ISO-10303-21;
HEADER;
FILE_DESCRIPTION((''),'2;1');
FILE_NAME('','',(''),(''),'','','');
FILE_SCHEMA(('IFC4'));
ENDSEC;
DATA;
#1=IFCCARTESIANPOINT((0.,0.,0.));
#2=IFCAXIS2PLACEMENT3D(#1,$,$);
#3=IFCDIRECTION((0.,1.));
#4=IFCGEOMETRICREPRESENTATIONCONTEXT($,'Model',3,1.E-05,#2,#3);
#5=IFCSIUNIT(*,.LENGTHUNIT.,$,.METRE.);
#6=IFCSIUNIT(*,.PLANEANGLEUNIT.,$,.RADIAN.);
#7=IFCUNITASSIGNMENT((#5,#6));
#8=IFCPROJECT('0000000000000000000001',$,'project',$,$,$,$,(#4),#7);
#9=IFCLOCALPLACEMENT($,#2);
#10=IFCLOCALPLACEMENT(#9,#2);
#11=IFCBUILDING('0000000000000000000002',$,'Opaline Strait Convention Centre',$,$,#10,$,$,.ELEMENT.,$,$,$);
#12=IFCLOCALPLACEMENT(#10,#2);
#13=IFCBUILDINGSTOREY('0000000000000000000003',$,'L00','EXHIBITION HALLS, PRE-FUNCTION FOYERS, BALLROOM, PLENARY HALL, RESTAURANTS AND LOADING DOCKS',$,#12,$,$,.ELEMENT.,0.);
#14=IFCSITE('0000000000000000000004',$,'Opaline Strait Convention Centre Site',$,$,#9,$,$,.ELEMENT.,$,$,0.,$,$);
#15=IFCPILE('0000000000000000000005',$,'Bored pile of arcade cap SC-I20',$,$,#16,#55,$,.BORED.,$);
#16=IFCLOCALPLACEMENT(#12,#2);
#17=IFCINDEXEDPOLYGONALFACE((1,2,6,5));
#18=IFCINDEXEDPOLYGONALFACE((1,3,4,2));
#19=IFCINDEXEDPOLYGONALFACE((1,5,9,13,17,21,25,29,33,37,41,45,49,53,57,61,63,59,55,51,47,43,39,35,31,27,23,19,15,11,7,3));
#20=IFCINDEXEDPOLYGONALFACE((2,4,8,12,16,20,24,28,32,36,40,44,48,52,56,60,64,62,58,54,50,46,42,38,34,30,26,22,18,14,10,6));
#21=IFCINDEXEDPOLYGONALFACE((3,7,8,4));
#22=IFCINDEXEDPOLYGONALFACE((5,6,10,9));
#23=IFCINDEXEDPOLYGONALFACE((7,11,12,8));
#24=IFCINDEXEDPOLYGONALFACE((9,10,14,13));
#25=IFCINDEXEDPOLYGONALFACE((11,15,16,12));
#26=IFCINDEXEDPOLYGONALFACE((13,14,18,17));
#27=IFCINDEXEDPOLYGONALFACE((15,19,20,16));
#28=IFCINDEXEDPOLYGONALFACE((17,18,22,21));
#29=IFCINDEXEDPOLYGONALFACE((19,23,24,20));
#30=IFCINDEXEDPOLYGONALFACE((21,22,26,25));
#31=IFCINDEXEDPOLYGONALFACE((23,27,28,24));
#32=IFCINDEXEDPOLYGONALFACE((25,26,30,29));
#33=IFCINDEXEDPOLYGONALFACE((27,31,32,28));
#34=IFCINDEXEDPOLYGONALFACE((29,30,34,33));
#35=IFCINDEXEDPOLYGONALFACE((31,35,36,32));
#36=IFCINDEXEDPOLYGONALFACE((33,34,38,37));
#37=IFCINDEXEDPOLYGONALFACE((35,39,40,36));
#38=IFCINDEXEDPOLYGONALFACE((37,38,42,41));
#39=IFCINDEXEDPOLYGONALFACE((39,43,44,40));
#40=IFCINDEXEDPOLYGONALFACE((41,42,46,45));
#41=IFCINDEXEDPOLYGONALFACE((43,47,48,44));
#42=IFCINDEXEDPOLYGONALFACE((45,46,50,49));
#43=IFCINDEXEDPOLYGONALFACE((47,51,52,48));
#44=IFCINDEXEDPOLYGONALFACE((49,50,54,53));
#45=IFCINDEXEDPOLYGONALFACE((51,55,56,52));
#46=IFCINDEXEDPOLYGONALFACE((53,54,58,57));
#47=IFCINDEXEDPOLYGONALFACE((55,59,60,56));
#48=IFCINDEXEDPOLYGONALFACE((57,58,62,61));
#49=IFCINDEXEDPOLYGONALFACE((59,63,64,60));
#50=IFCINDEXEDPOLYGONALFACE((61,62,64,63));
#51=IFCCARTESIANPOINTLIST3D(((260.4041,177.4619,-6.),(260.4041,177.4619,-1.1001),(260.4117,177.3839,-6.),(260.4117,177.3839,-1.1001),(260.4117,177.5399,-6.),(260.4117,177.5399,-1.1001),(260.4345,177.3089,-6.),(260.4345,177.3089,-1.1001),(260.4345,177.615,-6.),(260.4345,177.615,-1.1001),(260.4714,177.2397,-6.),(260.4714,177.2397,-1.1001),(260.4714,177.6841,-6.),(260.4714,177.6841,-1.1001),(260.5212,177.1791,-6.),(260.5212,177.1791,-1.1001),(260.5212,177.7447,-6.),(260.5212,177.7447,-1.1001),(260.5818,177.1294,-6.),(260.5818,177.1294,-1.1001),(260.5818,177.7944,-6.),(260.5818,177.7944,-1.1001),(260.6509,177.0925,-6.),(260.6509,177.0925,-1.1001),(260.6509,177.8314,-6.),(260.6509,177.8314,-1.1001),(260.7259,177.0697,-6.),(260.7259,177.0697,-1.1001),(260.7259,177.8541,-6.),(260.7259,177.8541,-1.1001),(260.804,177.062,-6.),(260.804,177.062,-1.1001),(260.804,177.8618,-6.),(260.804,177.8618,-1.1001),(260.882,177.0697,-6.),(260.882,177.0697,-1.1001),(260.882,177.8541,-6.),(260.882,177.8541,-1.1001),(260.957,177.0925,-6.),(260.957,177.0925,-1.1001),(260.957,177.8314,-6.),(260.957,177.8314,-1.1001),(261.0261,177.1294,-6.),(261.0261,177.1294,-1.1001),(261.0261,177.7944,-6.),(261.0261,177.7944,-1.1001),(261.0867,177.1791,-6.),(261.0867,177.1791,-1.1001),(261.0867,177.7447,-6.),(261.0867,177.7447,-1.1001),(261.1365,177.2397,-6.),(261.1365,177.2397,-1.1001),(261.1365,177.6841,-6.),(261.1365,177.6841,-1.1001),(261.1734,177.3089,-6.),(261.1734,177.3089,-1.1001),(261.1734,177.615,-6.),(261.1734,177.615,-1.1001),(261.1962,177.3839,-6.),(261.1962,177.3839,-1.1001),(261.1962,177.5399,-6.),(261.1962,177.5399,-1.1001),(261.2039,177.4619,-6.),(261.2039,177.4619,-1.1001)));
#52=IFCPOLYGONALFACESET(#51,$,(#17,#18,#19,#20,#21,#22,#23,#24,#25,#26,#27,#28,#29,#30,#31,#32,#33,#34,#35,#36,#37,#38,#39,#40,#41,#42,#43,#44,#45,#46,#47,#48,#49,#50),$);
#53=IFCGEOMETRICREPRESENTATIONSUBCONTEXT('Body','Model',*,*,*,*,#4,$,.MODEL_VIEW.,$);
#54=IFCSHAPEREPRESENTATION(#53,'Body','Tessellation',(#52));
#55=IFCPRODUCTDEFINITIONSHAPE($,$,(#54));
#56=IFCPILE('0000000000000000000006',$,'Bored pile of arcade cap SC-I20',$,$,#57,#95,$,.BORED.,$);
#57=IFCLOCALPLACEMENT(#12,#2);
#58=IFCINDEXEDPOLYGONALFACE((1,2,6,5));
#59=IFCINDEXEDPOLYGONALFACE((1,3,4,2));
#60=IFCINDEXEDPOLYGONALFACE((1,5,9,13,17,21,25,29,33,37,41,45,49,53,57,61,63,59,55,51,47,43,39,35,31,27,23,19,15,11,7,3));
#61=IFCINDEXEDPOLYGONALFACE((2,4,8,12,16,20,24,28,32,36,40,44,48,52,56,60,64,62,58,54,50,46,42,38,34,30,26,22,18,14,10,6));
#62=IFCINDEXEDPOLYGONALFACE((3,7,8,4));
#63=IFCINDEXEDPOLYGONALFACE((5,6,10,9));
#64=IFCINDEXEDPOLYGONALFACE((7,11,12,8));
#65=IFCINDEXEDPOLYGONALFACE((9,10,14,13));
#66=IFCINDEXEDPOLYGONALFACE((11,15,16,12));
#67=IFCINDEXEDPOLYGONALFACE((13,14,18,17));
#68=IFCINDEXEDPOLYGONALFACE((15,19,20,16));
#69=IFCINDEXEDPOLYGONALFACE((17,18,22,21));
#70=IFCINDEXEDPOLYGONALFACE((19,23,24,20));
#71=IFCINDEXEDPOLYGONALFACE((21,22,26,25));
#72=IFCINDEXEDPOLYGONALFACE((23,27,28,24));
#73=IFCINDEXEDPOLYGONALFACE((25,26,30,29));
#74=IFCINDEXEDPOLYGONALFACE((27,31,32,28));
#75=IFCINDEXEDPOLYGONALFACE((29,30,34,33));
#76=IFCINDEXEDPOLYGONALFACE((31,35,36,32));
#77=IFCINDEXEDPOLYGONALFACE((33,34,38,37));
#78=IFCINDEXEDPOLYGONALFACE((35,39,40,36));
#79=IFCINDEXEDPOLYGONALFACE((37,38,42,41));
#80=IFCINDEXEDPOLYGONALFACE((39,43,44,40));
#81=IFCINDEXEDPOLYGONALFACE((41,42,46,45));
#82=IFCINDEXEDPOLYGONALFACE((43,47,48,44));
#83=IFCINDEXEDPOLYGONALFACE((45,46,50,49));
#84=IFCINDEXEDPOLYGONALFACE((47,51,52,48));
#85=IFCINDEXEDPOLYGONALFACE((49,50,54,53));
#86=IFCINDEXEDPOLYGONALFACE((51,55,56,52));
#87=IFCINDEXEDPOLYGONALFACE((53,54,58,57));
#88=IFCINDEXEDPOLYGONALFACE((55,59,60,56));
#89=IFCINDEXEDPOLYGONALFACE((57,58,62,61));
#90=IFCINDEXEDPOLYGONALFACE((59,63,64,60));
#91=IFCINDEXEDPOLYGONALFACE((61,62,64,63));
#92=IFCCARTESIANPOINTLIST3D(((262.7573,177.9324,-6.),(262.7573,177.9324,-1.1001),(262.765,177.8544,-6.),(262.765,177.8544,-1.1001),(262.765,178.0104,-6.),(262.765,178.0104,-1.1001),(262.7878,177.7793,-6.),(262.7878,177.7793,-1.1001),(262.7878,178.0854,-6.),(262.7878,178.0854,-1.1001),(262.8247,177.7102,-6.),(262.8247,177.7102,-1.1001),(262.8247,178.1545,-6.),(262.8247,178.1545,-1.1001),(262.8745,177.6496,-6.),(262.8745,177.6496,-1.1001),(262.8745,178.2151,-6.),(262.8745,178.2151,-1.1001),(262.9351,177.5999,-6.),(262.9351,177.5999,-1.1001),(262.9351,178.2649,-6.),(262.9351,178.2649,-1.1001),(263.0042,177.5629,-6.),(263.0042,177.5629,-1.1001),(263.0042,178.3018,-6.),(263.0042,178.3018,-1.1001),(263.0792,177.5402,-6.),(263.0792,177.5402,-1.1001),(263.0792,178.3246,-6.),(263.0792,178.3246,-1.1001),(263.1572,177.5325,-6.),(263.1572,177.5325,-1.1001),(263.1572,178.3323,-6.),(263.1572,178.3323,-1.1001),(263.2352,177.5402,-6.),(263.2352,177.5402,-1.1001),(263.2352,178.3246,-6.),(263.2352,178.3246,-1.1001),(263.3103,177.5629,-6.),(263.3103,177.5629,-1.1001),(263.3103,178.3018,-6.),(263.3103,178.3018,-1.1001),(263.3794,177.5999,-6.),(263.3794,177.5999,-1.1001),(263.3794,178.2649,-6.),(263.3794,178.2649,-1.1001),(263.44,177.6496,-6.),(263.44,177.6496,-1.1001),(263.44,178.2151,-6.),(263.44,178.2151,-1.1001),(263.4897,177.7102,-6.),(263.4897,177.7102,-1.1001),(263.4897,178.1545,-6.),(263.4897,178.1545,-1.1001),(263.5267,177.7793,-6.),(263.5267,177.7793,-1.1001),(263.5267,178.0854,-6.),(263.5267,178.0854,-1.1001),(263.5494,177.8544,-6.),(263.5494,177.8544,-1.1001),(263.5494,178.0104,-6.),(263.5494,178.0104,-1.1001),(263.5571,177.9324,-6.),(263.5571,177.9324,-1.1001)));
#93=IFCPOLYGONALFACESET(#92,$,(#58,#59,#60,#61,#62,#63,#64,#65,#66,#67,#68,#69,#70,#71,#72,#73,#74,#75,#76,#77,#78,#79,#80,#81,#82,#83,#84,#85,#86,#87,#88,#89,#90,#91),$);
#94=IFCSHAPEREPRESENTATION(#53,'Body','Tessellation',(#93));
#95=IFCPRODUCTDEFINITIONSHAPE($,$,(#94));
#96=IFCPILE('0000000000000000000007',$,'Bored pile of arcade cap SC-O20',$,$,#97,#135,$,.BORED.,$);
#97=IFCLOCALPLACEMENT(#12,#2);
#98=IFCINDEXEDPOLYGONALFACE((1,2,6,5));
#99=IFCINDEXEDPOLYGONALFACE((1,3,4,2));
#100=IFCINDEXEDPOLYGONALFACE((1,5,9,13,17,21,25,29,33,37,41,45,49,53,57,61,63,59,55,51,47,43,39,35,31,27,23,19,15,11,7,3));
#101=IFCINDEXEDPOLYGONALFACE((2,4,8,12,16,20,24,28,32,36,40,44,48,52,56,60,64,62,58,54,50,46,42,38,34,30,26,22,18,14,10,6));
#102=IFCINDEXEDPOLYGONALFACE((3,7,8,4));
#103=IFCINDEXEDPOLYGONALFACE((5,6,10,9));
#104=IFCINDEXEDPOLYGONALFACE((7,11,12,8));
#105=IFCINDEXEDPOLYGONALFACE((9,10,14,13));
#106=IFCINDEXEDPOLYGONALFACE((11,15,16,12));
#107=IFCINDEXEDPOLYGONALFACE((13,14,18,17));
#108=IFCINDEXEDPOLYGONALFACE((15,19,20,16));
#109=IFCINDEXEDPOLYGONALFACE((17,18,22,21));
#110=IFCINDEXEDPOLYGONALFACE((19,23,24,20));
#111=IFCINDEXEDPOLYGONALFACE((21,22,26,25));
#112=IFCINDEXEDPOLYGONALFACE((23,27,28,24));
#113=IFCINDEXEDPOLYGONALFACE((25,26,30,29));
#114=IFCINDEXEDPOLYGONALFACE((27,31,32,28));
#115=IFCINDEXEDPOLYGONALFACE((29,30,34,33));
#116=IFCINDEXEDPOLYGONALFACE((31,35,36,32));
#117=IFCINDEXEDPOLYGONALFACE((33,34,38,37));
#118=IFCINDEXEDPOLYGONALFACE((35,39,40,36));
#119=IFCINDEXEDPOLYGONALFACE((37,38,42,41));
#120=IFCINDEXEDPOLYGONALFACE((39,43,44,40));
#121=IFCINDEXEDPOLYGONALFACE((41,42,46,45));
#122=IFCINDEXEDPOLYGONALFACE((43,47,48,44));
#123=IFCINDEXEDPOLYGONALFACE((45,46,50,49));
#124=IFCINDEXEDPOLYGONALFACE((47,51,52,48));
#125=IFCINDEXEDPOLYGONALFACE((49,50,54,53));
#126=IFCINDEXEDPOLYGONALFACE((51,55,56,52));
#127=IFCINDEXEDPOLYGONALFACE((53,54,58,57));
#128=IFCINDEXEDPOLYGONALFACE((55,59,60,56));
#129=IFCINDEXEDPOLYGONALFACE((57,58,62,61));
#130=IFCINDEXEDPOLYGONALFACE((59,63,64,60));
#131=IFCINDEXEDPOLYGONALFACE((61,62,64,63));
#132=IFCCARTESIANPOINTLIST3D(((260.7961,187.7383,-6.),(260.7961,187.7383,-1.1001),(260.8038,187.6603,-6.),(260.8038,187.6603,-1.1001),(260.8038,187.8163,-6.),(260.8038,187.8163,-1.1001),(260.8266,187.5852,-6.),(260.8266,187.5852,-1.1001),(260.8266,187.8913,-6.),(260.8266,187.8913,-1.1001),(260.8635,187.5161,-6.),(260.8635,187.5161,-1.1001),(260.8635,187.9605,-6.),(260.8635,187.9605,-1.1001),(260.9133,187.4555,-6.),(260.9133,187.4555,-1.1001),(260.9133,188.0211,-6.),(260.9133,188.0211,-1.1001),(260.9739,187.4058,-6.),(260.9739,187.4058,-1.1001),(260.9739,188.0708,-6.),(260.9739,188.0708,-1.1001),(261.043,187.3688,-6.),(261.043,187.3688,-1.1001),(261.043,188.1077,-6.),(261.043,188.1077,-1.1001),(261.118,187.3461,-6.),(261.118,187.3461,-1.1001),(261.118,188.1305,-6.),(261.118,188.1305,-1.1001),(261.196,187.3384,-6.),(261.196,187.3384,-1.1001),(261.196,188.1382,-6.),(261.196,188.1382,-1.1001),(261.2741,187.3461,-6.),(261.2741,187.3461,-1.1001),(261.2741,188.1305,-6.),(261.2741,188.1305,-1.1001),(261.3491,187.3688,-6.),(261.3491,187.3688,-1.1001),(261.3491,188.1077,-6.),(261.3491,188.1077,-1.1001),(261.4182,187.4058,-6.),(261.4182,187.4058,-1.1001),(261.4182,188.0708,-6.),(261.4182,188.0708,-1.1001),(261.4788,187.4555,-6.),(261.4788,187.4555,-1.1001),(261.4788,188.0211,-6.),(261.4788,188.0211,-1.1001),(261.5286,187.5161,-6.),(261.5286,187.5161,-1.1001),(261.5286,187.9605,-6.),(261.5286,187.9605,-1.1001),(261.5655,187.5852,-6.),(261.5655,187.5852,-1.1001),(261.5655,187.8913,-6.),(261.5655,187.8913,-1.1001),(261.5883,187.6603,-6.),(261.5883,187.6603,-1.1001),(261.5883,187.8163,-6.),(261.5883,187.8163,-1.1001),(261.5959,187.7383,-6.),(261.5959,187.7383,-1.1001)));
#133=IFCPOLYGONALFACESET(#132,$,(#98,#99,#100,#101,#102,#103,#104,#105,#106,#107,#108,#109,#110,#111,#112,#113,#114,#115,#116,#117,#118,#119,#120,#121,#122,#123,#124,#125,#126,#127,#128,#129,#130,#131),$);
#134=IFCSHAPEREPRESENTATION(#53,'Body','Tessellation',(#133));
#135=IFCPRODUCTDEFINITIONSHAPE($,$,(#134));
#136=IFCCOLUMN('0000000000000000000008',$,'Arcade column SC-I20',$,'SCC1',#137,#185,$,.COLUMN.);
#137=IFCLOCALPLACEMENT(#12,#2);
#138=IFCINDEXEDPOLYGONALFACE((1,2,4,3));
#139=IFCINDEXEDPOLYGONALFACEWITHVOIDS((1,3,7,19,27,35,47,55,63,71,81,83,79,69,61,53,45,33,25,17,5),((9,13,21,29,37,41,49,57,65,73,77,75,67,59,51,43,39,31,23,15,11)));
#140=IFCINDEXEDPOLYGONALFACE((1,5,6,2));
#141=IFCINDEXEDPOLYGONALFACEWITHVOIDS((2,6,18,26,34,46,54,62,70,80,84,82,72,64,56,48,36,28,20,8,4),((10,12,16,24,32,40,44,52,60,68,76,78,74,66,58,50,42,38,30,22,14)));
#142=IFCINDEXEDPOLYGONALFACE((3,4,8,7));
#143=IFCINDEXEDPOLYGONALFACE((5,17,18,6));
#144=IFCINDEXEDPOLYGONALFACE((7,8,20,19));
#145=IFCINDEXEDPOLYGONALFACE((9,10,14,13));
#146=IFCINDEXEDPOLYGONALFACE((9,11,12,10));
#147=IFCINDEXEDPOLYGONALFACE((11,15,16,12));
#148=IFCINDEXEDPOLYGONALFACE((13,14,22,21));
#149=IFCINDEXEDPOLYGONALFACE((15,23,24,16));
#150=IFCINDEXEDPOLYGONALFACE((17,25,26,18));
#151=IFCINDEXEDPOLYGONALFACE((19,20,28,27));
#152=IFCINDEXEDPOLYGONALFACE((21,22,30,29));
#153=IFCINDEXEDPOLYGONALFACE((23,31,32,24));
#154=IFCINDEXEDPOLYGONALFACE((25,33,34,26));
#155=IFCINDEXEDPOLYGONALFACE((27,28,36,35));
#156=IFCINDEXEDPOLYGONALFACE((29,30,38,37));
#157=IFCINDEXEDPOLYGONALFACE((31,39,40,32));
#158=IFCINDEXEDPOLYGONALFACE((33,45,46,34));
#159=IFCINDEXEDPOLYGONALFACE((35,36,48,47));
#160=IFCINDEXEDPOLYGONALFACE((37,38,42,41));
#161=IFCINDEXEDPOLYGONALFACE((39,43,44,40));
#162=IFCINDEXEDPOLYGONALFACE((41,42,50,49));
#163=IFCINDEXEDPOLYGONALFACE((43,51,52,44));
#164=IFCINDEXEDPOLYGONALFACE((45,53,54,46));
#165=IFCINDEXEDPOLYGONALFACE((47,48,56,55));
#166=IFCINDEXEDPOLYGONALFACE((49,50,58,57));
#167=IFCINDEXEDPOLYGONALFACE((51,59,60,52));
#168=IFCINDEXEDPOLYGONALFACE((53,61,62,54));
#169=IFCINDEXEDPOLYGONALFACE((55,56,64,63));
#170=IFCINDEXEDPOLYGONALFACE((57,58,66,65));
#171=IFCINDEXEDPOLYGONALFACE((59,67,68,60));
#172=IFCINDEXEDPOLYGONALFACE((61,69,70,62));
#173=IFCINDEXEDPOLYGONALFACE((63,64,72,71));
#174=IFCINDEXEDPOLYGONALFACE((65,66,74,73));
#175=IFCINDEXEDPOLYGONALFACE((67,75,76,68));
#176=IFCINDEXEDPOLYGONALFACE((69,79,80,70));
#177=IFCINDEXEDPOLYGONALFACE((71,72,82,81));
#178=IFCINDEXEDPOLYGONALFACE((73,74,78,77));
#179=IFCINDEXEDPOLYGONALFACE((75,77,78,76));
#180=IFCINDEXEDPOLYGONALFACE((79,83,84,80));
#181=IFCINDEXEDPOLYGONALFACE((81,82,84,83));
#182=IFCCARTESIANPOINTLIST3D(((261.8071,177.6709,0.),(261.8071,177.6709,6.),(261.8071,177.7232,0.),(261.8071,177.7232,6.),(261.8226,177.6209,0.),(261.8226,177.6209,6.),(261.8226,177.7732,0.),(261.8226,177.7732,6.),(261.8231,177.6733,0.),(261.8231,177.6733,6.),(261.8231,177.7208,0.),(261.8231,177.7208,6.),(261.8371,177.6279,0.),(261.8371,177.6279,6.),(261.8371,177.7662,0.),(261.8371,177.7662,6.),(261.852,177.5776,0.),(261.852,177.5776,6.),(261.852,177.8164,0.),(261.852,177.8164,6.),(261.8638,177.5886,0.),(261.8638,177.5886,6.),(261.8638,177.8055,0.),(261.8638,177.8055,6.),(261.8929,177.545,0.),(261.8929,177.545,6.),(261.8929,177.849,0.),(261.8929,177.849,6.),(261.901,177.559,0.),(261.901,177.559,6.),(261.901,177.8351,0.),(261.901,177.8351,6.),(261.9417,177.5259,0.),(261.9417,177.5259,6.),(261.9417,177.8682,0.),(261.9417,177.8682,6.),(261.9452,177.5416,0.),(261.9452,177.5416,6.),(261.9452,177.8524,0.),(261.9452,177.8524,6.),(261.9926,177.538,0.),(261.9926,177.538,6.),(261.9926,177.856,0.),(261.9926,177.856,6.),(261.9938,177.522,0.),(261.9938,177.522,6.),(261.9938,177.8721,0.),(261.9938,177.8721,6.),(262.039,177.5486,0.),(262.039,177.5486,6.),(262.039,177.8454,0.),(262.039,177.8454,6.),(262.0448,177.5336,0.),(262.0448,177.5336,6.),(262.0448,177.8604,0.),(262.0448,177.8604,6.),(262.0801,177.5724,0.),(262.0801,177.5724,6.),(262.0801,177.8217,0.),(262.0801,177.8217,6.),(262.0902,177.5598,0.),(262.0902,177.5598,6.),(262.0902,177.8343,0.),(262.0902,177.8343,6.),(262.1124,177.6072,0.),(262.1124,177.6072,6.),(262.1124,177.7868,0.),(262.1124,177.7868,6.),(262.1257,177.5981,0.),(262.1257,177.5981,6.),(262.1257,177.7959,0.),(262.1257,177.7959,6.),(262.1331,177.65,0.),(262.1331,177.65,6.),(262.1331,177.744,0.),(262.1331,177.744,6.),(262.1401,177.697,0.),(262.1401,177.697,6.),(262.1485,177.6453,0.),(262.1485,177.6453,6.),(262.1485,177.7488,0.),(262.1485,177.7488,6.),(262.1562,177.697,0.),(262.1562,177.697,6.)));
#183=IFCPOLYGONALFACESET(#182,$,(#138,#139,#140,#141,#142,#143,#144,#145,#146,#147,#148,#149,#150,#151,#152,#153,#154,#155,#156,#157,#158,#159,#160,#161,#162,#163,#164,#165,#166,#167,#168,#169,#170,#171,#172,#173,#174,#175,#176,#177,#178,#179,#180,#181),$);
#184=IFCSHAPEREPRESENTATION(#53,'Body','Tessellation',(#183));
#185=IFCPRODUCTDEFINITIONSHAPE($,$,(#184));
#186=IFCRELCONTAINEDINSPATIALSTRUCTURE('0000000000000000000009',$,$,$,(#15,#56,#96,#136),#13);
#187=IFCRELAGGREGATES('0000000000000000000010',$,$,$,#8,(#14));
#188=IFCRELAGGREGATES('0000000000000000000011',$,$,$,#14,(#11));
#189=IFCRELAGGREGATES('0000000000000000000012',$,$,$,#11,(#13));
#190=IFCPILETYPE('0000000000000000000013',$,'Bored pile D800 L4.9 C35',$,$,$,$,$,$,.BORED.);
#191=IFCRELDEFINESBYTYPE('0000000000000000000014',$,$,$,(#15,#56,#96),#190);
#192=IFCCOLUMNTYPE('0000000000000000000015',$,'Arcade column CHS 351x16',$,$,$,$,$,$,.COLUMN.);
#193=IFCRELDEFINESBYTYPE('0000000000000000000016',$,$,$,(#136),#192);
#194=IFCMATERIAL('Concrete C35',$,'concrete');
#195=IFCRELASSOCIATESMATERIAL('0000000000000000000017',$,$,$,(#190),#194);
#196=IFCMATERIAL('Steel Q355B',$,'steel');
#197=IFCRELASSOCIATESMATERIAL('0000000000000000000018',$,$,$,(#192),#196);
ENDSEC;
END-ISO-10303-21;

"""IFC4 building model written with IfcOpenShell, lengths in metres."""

from ifc_helpers import new_model, si_unit, direction, frame, origin, origin_2d, place, context, subcontext, project, spatial, circle, hollow_circle, extrude, material, material_profile, profile_set, type_object, element, save


model = new_model("IFC4")

# Units and contexts
model_context = context("Model", 3, precision=1e-05, world=origin(), true_north=direction((0.0, 1.0)))
body_context = subcontext(model_context, "Body", "Model", "MODEL_VIEW")
ifc_project = project(units=[si_unit("LENGTHUNIT", "METRE"), si_unit("PLANEANGLEUNIT", "RADIAN")], contexts=[model_context])

# Site, building, storey
site_placement = place(None, origin())
site = spatial("IfcSite", under=ifc_project, at=site_placement, Name="Opaline Strait Convention Centre Site", CompositionType="ELEMENT", RefElevation=0.0)
building_placement = place(site_placement, origin())
building = spatial("IfcBuilding", under=site, at=building_placement, Name="Opaline Strait Convention Centre", CompositionType="ELEMENT")
storey_placement = place(building_placement, origin())
storey = spatial("IfcBuildingStorey", under=building, at=storey_placement, Name="L00", Description="EXHIBITION HALLS, PRE-FUNCTION FOYERS, BALLROOM, PLENARY HALL, RESTAURANTS AND LOADING DOCKS", CompositionType="ELEMENT", Elevation=0.0)

# Piles
ifc_material_1 = material(Name="Concrete C35", Category="concrete")
ifc_material_profile_1 = material_profile(ifc_material_1, circle(Radius=0.3999, at=origin_2d()), Name="D800")
ifc_profile_set_1 = profile_set([ifc_material_profile_1], Name="Concrete C35")
pile_type_1 = type_object("IfcPileType", Name="Bored pile D800 L4.9 C35", PredefinedType="BORED", material=ifc_profile_set_1)
for number, where, z_axis, x_axis, name in (
    (1, (260.804, 177.4619, -1.1001), (0.0, 0.0, -1.0), (1.0, 0.0, 0.0), "Bored pile of arcade cap SC-I20"),
    (2, (263.1572, 177.9324, -1.1001), (0.0, 0.0, -1.0), (1.0, 0.0, 0.0), "Bored pile of arcade cap SC-I20"),
    (3, (261.196, 187.7383, -1.1001), (0.0, 0.0, -1.0), (1.0, 0.0, 0.0), "Bored pile of arcade cap SC-O20"),
):
    element("IfcPile", number, at=place(storey_placement, frame(where, z_axis=z_axis, x_axis=x_axis)), inside=storey, type_object=pile_type_1, Name=name, PredefinedType="BORED", context=body_context, shape_type="SweptSolid", body=[
        extrude(circle(Radius=0.3999, at=origin_2d()), origin(), (0.0, 0.0, 1.0), 4.8999),
    ])

# Column
ifc_material_2 = material(Name="Steel Q355B", Category="steel")
ifc_material_profile_2 = material_profile(ifc_material_2, hollow_circle(Radius=0.1755, WallThickness=0.0161, at=origin_2d()), Name="CHS 351x16")
ifc_profile_set_2 = profile_set([ifc_material_profile_2], Name="Steel Q355B")
column_type_1 = type_object("IfcColumnType", Name="Arcade column CHS 351x16", PredefinedType="COLUMN", material=ifc_profile_set_2)
for number, where, z_axis, x_axis, name in (
    (4, (261.9807, 177.697, 0.0), (0.0, 0.0, 1.0), (1.0, 0.0, 0.0), "Arcade column SC-I20"),
):
    element("IfcColumn", number, at=place(storey_placement, frame(where, z_axis=z_axis, x_axis=x_axis)), inside=storey, type_object=column_type_1, Name=name, ObjectType="SCC1", PredefinedType="COLUMN", context=body_context, shape_type="SweptSolid", body=[
        extrude(hollow_circle(Radius=0.1755, WallThickness=0.0161, at=origin_2d()), origin(), (0.0, 0.0, 1.0), 6.0),
    ])

save(model, "model.ifc")
